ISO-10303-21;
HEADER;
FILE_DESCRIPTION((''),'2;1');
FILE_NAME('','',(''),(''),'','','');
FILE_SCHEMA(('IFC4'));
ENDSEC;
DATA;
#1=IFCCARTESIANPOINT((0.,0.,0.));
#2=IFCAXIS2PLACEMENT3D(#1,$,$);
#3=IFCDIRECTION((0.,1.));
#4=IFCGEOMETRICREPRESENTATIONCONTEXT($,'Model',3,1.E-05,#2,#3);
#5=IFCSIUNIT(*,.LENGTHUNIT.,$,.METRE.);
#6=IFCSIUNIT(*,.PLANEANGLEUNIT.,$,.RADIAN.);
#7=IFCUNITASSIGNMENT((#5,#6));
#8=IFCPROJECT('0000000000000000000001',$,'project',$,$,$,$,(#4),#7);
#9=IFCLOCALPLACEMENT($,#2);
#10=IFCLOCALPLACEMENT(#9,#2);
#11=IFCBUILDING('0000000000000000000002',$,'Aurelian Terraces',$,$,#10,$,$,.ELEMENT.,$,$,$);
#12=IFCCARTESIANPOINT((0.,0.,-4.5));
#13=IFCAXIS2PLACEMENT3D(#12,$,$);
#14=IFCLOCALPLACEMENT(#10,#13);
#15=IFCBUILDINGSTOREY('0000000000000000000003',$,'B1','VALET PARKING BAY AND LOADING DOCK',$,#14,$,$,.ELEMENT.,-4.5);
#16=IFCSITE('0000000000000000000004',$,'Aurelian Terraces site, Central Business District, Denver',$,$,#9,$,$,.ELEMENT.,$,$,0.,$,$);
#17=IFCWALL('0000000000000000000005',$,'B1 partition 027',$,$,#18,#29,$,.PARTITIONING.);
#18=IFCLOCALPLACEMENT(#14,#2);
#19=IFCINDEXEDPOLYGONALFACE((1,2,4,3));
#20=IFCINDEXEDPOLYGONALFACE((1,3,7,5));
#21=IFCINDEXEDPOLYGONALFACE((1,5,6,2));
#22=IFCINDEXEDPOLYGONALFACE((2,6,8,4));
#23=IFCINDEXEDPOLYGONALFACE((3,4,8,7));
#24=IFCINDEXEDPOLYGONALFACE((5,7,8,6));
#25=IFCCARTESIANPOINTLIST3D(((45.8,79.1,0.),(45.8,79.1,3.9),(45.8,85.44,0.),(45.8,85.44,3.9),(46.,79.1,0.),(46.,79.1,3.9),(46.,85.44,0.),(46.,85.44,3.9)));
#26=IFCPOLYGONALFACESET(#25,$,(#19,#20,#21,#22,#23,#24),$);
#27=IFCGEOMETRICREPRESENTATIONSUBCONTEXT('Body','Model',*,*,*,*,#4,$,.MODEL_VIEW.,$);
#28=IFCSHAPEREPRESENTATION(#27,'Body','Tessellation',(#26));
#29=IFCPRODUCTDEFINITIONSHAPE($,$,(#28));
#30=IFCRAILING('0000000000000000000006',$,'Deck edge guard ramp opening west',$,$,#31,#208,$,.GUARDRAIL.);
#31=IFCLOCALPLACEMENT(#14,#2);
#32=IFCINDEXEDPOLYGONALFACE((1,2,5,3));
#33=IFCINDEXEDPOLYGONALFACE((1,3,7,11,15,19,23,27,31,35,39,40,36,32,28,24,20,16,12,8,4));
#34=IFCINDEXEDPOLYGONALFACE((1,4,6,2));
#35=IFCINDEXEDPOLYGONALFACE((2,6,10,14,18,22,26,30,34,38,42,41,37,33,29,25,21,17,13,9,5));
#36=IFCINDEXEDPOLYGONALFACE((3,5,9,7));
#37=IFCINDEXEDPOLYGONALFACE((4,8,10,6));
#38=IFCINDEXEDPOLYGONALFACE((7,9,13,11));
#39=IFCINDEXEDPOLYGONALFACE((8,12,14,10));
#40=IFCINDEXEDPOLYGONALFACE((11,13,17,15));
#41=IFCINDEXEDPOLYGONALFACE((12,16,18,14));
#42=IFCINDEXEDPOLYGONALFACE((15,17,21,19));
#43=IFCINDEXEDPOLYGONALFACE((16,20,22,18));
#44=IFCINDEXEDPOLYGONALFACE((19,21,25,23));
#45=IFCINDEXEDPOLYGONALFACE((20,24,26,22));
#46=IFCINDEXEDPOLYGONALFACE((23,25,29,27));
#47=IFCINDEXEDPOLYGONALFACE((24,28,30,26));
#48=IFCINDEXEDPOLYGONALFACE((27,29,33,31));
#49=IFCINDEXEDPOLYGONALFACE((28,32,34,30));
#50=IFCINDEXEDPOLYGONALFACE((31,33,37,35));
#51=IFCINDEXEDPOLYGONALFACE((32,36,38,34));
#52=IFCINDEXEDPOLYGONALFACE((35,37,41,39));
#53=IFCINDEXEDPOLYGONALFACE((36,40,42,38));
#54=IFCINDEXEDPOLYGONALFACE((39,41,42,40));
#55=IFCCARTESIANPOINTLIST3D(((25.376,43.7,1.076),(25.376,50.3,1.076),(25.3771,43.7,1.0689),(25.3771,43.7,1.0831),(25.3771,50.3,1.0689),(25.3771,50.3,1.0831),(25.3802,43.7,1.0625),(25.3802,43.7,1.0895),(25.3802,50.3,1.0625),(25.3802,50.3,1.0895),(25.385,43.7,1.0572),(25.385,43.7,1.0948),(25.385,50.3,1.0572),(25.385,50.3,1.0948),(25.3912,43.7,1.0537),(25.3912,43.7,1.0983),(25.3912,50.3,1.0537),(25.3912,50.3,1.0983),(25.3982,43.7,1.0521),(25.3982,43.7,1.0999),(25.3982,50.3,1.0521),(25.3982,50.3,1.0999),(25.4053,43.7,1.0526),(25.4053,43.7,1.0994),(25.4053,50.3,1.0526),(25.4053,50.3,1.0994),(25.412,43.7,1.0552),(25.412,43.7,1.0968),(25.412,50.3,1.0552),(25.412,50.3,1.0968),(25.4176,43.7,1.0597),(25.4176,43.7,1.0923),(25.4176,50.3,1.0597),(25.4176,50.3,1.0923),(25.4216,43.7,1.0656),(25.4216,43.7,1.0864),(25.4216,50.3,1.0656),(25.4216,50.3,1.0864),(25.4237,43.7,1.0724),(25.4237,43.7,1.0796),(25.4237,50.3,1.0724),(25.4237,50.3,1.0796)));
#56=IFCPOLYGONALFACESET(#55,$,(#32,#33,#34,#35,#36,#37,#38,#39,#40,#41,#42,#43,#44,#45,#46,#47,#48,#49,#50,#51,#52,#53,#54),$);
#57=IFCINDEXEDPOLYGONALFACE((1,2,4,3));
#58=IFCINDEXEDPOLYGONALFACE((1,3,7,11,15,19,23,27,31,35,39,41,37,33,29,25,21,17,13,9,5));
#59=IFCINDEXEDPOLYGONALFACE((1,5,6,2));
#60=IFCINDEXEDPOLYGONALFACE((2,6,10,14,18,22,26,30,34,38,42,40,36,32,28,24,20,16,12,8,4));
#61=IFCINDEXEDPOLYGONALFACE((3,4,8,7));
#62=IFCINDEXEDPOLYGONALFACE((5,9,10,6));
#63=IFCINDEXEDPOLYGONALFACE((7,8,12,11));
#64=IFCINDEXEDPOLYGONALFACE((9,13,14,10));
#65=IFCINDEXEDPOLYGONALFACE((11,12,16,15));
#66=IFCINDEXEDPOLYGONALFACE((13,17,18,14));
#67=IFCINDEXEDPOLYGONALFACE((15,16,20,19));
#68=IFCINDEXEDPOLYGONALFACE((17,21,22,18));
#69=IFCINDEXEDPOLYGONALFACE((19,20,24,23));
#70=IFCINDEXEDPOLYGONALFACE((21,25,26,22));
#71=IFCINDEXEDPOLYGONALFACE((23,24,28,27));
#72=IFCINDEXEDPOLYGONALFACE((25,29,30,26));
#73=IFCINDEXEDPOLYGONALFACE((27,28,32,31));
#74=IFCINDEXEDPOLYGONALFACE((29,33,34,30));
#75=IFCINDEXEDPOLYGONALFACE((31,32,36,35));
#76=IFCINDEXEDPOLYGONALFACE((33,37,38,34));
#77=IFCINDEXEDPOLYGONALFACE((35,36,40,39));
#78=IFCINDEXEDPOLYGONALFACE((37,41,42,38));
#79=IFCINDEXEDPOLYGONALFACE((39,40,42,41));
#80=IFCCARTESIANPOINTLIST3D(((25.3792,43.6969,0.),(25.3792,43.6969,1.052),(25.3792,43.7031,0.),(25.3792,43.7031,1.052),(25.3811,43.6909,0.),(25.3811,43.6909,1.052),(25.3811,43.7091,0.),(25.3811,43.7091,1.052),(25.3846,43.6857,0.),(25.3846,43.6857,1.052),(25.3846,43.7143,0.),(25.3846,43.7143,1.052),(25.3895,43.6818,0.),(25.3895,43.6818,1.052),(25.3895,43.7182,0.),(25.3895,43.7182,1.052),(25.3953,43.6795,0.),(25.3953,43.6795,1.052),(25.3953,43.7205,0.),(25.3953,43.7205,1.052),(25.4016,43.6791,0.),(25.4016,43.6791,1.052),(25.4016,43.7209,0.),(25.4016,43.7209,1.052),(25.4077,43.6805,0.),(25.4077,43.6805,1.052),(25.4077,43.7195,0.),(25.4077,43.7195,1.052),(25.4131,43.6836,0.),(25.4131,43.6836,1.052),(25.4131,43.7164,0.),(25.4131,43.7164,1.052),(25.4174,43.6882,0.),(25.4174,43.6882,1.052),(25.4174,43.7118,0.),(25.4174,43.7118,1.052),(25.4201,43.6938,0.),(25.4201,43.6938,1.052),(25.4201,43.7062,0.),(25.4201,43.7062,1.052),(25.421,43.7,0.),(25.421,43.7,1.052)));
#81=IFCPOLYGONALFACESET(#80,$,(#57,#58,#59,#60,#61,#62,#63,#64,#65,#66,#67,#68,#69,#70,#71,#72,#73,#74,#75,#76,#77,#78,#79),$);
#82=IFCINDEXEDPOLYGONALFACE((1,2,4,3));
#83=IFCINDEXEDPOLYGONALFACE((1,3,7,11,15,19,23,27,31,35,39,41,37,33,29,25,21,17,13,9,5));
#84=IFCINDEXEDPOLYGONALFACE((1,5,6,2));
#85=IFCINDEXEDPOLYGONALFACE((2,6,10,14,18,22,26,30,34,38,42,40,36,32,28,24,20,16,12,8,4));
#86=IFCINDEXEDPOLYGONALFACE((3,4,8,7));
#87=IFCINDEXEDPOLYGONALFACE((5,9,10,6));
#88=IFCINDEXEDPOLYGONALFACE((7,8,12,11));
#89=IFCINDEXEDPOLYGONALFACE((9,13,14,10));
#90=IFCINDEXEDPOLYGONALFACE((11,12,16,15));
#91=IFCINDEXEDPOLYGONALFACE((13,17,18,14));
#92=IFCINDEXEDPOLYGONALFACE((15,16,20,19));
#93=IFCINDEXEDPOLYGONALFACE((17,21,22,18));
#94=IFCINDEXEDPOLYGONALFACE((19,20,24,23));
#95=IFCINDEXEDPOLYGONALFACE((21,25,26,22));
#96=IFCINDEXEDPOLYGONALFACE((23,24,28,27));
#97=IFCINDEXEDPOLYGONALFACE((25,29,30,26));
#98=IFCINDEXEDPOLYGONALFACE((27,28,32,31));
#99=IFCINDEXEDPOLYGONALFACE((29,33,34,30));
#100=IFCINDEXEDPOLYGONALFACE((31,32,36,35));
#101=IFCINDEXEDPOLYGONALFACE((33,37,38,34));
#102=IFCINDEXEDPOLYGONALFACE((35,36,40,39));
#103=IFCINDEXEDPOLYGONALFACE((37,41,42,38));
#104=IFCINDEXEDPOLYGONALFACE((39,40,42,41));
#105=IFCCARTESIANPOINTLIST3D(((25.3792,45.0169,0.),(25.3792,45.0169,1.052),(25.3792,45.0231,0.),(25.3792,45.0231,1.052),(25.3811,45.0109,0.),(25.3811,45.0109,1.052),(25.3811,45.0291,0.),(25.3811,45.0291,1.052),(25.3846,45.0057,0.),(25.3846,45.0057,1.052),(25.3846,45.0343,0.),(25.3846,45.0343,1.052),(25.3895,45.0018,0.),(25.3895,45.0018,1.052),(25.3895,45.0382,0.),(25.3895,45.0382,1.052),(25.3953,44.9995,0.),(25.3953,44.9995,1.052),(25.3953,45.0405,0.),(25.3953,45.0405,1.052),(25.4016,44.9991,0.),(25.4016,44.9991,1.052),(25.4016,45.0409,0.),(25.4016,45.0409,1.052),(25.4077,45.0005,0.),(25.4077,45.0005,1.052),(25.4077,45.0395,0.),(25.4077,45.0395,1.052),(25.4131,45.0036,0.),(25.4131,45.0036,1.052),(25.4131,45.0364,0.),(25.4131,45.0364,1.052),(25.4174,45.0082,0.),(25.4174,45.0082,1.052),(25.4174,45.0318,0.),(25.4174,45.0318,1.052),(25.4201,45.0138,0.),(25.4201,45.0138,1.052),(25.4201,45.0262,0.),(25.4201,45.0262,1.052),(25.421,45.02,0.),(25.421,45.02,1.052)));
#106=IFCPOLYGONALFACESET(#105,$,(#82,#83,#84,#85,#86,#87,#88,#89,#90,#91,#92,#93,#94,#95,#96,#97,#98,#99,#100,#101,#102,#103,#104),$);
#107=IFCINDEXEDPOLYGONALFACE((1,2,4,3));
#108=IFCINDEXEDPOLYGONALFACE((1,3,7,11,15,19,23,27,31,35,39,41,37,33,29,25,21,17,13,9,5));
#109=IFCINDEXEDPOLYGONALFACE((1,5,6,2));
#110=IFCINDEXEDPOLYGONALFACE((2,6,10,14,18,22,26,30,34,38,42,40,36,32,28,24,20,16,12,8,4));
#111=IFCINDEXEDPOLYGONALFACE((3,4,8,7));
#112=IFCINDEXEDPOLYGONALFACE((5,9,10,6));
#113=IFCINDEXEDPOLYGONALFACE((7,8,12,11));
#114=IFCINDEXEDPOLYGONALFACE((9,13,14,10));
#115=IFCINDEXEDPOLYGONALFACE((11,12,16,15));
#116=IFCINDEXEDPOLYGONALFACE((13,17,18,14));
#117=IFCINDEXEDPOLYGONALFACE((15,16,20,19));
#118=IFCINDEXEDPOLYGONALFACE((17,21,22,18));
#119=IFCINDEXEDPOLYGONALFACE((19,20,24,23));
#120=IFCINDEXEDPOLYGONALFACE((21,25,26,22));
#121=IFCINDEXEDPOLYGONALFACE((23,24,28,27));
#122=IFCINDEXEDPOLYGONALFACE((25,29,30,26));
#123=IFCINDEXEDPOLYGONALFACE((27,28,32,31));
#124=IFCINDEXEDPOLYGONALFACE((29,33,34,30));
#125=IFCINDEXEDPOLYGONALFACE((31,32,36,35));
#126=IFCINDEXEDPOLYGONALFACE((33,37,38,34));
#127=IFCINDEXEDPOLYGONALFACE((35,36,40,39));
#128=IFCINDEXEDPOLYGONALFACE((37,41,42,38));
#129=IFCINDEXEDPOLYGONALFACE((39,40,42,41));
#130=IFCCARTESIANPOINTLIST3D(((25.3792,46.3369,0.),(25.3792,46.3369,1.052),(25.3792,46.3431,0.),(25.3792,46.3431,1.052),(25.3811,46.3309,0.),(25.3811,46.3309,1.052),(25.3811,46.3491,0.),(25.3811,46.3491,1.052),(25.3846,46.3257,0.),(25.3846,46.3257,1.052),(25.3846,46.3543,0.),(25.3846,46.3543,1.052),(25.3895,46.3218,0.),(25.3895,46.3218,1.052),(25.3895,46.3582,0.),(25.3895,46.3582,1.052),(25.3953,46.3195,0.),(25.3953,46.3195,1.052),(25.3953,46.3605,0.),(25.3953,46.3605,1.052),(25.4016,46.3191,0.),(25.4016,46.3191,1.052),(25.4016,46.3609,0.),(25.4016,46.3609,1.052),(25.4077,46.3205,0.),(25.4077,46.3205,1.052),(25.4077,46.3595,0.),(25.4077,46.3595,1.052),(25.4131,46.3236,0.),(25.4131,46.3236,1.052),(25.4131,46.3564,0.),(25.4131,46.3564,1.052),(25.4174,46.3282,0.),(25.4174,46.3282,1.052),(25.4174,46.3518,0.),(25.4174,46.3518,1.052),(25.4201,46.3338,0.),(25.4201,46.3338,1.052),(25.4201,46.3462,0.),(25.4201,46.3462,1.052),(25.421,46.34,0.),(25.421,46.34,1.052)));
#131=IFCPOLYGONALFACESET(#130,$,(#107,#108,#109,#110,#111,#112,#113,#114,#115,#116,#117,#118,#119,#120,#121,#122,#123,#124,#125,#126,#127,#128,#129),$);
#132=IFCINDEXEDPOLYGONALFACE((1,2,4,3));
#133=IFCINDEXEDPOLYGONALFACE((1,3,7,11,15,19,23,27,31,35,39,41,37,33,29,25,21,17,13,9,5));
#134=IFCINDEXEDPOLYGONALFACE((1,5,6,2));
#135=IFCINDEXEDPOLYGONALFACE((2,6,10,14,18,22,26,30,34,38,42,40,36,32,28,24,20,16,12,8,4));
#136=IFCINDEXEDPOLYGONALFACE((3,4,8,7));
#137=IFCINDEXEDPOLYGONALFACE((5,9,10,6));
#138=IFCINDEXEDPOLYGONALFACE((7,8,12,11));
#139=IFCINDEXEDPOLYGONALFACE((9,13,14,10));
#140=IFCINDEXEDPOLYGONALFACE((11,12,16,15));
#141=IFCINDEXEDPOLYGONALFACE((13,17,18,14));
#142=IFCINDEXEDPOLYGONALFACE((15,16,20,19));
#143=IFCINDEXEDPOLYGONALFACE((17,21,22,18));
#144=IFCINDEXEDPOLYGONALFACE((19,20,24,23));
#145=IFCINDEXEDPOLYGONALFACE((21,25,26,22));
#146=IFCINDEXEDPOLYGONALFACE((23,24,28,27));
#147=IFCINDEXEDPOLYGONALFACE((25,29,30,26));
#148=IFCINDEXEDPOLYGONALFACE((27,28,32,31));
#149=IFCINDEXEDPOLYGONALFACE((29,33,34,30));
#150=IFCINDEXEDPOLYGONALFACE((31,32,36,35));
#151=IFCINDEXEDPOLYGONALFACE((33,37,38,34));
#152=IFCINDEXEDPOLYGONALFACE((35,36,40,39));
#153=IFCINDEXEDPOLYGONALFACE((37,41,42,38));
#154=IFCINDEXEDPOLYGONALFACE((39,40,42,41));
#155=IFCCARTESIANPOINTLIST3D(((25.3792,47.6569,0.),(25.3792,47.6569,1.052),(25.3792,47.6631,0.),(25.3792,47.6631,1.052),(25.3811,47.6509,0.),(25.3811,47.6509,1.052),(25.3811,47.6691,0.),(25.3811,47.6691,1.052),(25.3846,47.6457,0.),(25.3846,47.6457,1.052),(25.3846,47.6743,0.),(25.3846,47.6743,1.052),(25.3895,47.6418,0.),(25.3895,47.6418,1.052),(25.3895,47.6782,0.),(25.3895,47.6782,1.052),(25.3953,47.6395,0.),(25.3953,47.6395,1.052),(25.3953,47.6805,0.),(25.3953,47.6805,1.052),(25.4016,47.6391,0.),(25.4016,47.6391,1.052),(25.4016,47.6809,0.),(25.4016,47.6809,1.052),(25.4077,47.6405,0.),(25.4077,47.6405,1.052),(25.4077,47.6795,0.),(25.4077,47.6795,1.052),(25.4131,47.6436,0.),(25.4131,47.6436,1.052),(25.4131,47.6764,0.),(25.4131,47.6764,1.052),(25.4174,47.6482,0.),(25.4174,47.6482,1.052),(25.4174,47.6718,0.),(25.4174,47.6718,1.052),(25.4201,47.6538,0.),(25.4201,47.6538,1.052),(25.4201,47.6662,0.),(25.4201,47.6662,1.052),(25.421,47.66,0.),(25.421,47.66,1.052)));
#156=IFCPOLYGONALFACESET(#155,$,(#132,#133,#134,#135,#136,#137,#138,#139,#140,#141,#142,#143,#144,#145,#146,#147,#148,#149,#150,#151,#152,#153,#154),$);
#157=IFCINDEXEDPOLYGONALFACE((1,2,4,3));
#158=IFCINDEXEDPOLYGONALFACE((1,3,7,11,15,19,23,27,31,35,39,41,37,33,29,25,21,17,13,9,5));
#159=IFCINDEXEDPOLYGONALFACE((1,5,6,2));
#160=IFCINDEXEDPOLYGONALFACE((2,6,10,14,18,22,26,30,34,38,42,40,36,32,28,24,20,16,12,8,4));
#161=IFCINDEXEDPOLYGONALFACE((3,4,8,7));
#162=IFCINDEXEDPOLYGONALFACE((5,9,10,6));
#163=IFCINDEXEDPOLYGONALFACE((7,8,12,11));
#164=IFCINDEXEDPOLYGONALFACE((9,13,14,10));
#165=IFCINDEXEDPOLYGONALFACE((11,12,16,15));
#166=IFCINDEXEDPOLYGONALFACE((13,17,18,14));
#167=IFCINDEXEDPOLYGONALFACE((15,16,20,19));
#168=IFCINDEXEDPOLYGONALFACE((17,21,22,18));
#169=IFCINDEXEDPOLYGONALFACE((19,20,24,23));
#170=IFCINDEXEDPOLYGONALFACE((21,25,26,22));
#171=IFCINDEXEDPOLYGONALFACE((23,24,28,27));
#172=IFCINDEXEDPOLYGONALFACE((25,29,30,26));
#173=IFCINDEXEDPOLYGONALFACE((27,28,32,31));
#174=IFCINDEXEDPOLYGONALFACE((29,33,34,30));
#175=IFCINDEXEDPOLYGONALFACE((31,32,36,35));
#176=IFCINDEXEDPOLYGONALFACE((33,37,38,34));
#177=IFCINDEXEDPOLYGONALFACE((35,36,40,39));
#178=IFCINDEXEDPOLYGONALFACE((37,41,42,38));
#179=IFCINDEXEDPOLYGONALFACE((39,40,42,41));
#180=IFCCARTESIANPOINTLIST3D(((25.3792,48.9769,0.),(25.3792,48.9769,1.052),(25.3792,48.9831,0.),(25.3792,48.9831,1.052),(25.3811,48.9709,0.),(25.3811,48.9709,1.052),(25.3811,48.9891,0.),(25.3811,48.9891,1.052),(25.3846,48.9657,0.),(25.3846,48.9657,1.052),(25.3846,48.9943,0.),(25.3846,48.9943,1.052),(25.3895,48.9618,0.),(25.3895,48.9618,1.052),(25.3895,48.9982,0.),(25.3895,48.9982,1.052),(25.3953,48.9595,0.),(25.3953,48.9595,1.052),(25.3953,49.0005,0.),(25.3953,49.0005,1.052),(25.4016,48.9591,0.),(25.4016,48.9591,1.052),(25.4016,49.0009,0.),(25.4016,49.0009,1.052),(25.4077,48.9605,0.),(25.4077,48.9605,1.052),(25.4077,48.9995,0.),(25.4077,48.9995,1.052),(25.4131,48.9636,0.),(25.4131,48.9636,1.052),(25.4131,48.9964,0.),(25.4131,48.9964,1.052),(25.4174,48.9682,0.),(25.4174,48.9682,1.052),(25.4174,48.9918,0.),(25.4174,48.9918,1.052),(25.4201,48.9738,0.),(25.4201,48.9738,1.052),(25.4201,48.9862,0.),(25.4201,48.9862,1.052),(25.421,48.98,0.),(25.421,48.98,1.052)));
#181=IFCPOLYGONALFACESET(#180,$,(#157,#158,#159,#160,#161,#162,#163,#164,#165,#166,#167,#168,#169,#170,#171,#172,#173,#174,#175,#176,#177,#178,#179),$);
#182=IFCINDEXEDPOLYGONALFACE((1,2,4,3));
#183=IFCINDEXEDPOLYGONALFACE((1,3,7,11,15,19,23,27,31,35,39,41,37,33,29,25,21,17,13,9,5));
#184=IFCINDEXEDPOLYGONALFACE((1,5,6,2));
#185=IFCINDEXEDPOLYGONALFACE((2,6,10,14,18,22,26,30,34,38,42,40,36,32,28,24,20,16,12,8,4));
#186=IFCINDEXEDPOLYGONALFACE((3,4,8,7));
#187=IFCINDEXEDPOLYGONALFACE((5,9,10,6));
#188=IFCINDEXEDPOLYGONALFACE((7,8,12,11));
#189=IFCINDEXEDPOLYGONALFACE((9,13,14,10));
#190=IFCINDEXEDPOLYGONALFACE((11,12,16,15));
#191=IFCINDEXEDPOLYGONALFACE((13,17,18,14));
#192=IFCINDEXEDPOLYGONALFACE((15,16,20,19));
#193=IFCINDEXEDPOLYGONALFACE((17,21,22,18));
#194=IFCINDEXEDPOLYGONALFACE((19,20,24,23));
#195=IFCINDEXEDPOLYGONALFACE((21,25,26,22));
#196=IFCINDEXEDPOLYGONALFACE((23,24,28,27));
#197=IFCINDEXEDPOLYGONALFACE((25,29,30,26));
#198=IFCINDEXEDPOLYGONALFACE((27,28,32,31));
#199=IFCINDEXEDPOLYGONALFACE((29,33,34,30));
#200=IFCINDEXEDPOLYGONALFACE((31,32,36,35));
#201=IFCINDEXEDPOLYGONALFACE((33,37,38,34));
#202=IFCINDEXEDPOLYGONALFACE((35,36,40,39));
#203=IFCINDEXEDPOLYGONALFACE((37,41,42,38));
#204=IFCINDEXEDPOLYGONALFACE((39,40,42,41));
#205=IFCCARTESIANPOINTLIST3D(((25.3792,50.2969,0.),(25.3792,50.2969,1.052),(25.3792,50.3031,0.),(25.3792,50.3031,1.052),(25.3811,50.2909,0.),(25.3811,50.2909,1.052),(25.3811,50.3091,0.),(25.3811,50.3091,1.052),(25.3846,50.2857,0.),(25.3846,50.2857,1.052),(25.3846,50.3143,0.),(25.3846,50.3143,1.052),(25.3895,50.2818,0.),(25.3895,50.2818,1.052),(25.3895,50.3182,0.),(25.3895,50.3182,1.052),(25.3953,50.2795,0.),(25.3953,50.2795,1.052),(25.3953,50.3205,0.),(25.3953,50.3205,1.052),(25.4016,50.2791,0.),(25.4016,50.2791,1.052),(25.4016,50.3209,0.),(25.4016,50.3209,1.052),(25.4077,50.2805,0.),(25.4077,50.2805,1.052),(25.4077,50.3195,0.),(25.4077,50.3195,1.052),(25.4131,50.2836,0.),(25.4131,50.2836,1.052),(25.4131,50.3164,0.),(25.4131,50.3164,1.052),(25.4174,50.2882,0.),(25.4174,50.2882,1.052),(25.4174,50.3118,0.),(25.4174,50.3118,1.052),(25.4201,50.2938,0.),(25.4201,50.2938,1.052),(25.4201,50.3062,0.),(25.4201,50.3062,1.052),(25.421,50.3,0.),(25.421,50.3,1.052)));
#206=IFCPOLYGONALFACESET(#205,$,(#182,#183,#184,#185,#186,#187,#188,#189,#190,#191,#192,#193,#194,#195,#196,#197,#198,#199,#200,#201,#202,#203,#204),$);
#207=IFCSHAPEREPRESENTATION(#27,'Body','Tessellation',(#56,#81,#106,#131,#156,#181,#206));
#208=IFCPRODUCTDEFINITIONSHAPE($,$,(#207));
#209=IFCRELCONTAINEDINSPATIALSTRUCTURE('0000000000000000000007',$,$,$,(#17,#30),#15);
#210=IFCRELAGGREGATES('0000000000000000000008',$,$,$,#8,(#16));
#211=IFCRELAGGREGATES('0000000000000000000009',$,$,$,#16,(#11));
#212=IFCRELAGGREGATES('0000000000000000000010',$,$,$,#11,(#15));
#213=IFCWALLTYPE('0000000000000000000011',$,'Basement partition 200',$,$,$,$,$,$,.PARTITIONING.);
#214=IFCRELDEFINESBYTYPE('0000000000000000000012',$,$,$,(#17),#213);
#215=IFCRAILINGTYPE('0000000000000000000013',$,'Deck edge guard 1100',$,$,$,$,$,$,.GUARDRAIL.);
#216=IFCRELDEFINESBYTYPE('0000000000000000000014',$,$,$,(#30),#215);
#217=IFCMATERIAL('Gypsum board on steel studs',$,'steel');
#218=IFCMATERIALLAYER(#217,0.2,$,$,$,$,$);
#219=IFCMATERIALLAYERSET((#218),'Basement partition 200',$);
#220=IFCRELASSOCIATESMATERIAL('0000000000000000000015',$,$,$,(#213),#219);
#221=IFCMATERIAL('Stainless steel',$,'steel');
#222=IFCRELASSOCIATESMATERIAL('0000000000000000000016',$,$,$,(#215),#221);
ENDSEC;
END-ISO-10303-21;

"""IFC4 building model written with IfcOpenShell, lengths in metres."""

from ifc_helpers import new_model, si_unit, direction, frame, frame_2d, origin, origin_2d, place, context, subcontext, project, spatial, rectangle, circle, extrude, source, transform, mapped, material, layer, layer_set, type_object, element, save


model = new_model("IFC4")

# Units and contexts
model_context = context("Model", 3, precision=1e-05, world=origin(), true_north=direction((0.0, 1.0)))
body_context = subcontext(model_context, "Body", "Model", "MODEL_VIEW")
ifc_project = project(units=[si_unit("LENGTHUNIT", "METRE"), si_unit("PLANEANGLEUNIT", "RADIAN")], contexts=[model_context])

# Site, building, storey
site_placement = place(None, origin())
site = spatial("IfcSite", under=ifc_project, at=site_placement, Name="Aurelian Terraces site, Central Business District, Denver", CompositionType="ELEMENT", RefElevation=0.0)
building_placement = place(site_placement, origin())
building = spatial("IfcBuilding", under=site, at=building_placement, Name="Aurelian Terraces", CompositionType="ELEMENT")
storey_placement = place(building_placement, frame((0.0, 0.0, -4.5)))
storey = spatial("IfcBuildingStorey", under=building, at=storey_placement, Name="B1", Description="VALET PARKING BAY AND LOADING DOCK", CompositionType="ELEMENT", Elevation=-4.5)

# Wall
ifc_material_1 = material(Name="Gypsum board on steel studs", Category="steel")
ifc_layer = layer(ifc_material_1, 0.2)
ifc_layer_set = layer_set([ifc_layer], Name="Basement partition 200")
wall_type = type_object("IfcWallType", Name="Basement partition 200", PredefinedType="PARTITIONING", material=ifc_layer_set)
shared_shape_1 = source(origin(), body_context, "Body", "SweptSolid", [
    extrude(rectangle(XDim=6.34, YDim=0.2, at=frame_2d((3.17, 0.0))), origin(), (0.0, 0.0, 1.0), 3.9),
])
for number, where, z_axis, x_axis, name in (
    (1, (45.9, 79.1, 0.0), (0.0, 0.0, 1.0), (0.0, 1.0, 0.0), "B1 partition 027"),
):
    element("IfcWall", number, at=place(storey_placement, frame(where, z_axis=z_axis, x_axis=x_axis)), inside=storey, type_object=wall_type, Name=name, PredefinedType="PARTITIONING", context=body_context, shape_type="MappedRepresentation", body=[
        mapped(shared_shape_1, transform((0.0, 0.0, 0.0), scale=1.0)),
    ])

# Railing
ifc_material_2 = material(Name="Stainless steel", Category="steel")
railing_type = type_object("IfcRailingType", Name="Deck edge guard 1100", PredefinedType="GUARDRAIL", material=ifc_material_2)
railing_1_placement = place(storey_placement, frame((25.4, 43.7, 0.0)))
element("IfcRailing", 2, at=railing_1_placement, inside=storey, type_object=railing_type, Name="Deck edge guard ramp opening west", PredefinedType="GUARDRAIL", context=body_context, shape_type="SweptSolid", body=[
    extrude(circle(Radius=0.024, at=origin_2d()), frame((0.0, 0.0, 1.076), z_axis=(0.0, 1.0, 0.0), x_axis=(-1.0, 0.0, 0.0)), (0.0, 0.0, 1.0), 6.6),
    extrude(circle(Radius=0.021, at=origin_2d()), origin(), (0.0, 0.0, 1.0), 1.052),
    extrude(circle(Radius=0.021, at=origin_2d()), frame((0.0, 1.32, 0.0)), (0.0, 0.0, 1.0), 1.052),
    extrude(circle(Radius=0.021, at=origin_2d()), frame((0.0, 2.64, 0.0)), (0.0, 0.0, 1.0), 1.052),
    extrude(circle(Radius=0.021, at=origin_2d()), frame((0.0, 3.96, 0.0)), (0.0, 0.0, 1.0), 1.052),
    extrude(circle(Radius=0.021, at=origin_2d()), frame((0.0, 5.28, 0.0)), (0.0, 0.0, 1.0), 1.052),
    extrude(circle(Radius=0.021, at=origin_2d()), frame((0.0, 6.6, 0.0)), (0.0, 0.0, 1.0), 1.052),
])

save(model, "model.ifc")
